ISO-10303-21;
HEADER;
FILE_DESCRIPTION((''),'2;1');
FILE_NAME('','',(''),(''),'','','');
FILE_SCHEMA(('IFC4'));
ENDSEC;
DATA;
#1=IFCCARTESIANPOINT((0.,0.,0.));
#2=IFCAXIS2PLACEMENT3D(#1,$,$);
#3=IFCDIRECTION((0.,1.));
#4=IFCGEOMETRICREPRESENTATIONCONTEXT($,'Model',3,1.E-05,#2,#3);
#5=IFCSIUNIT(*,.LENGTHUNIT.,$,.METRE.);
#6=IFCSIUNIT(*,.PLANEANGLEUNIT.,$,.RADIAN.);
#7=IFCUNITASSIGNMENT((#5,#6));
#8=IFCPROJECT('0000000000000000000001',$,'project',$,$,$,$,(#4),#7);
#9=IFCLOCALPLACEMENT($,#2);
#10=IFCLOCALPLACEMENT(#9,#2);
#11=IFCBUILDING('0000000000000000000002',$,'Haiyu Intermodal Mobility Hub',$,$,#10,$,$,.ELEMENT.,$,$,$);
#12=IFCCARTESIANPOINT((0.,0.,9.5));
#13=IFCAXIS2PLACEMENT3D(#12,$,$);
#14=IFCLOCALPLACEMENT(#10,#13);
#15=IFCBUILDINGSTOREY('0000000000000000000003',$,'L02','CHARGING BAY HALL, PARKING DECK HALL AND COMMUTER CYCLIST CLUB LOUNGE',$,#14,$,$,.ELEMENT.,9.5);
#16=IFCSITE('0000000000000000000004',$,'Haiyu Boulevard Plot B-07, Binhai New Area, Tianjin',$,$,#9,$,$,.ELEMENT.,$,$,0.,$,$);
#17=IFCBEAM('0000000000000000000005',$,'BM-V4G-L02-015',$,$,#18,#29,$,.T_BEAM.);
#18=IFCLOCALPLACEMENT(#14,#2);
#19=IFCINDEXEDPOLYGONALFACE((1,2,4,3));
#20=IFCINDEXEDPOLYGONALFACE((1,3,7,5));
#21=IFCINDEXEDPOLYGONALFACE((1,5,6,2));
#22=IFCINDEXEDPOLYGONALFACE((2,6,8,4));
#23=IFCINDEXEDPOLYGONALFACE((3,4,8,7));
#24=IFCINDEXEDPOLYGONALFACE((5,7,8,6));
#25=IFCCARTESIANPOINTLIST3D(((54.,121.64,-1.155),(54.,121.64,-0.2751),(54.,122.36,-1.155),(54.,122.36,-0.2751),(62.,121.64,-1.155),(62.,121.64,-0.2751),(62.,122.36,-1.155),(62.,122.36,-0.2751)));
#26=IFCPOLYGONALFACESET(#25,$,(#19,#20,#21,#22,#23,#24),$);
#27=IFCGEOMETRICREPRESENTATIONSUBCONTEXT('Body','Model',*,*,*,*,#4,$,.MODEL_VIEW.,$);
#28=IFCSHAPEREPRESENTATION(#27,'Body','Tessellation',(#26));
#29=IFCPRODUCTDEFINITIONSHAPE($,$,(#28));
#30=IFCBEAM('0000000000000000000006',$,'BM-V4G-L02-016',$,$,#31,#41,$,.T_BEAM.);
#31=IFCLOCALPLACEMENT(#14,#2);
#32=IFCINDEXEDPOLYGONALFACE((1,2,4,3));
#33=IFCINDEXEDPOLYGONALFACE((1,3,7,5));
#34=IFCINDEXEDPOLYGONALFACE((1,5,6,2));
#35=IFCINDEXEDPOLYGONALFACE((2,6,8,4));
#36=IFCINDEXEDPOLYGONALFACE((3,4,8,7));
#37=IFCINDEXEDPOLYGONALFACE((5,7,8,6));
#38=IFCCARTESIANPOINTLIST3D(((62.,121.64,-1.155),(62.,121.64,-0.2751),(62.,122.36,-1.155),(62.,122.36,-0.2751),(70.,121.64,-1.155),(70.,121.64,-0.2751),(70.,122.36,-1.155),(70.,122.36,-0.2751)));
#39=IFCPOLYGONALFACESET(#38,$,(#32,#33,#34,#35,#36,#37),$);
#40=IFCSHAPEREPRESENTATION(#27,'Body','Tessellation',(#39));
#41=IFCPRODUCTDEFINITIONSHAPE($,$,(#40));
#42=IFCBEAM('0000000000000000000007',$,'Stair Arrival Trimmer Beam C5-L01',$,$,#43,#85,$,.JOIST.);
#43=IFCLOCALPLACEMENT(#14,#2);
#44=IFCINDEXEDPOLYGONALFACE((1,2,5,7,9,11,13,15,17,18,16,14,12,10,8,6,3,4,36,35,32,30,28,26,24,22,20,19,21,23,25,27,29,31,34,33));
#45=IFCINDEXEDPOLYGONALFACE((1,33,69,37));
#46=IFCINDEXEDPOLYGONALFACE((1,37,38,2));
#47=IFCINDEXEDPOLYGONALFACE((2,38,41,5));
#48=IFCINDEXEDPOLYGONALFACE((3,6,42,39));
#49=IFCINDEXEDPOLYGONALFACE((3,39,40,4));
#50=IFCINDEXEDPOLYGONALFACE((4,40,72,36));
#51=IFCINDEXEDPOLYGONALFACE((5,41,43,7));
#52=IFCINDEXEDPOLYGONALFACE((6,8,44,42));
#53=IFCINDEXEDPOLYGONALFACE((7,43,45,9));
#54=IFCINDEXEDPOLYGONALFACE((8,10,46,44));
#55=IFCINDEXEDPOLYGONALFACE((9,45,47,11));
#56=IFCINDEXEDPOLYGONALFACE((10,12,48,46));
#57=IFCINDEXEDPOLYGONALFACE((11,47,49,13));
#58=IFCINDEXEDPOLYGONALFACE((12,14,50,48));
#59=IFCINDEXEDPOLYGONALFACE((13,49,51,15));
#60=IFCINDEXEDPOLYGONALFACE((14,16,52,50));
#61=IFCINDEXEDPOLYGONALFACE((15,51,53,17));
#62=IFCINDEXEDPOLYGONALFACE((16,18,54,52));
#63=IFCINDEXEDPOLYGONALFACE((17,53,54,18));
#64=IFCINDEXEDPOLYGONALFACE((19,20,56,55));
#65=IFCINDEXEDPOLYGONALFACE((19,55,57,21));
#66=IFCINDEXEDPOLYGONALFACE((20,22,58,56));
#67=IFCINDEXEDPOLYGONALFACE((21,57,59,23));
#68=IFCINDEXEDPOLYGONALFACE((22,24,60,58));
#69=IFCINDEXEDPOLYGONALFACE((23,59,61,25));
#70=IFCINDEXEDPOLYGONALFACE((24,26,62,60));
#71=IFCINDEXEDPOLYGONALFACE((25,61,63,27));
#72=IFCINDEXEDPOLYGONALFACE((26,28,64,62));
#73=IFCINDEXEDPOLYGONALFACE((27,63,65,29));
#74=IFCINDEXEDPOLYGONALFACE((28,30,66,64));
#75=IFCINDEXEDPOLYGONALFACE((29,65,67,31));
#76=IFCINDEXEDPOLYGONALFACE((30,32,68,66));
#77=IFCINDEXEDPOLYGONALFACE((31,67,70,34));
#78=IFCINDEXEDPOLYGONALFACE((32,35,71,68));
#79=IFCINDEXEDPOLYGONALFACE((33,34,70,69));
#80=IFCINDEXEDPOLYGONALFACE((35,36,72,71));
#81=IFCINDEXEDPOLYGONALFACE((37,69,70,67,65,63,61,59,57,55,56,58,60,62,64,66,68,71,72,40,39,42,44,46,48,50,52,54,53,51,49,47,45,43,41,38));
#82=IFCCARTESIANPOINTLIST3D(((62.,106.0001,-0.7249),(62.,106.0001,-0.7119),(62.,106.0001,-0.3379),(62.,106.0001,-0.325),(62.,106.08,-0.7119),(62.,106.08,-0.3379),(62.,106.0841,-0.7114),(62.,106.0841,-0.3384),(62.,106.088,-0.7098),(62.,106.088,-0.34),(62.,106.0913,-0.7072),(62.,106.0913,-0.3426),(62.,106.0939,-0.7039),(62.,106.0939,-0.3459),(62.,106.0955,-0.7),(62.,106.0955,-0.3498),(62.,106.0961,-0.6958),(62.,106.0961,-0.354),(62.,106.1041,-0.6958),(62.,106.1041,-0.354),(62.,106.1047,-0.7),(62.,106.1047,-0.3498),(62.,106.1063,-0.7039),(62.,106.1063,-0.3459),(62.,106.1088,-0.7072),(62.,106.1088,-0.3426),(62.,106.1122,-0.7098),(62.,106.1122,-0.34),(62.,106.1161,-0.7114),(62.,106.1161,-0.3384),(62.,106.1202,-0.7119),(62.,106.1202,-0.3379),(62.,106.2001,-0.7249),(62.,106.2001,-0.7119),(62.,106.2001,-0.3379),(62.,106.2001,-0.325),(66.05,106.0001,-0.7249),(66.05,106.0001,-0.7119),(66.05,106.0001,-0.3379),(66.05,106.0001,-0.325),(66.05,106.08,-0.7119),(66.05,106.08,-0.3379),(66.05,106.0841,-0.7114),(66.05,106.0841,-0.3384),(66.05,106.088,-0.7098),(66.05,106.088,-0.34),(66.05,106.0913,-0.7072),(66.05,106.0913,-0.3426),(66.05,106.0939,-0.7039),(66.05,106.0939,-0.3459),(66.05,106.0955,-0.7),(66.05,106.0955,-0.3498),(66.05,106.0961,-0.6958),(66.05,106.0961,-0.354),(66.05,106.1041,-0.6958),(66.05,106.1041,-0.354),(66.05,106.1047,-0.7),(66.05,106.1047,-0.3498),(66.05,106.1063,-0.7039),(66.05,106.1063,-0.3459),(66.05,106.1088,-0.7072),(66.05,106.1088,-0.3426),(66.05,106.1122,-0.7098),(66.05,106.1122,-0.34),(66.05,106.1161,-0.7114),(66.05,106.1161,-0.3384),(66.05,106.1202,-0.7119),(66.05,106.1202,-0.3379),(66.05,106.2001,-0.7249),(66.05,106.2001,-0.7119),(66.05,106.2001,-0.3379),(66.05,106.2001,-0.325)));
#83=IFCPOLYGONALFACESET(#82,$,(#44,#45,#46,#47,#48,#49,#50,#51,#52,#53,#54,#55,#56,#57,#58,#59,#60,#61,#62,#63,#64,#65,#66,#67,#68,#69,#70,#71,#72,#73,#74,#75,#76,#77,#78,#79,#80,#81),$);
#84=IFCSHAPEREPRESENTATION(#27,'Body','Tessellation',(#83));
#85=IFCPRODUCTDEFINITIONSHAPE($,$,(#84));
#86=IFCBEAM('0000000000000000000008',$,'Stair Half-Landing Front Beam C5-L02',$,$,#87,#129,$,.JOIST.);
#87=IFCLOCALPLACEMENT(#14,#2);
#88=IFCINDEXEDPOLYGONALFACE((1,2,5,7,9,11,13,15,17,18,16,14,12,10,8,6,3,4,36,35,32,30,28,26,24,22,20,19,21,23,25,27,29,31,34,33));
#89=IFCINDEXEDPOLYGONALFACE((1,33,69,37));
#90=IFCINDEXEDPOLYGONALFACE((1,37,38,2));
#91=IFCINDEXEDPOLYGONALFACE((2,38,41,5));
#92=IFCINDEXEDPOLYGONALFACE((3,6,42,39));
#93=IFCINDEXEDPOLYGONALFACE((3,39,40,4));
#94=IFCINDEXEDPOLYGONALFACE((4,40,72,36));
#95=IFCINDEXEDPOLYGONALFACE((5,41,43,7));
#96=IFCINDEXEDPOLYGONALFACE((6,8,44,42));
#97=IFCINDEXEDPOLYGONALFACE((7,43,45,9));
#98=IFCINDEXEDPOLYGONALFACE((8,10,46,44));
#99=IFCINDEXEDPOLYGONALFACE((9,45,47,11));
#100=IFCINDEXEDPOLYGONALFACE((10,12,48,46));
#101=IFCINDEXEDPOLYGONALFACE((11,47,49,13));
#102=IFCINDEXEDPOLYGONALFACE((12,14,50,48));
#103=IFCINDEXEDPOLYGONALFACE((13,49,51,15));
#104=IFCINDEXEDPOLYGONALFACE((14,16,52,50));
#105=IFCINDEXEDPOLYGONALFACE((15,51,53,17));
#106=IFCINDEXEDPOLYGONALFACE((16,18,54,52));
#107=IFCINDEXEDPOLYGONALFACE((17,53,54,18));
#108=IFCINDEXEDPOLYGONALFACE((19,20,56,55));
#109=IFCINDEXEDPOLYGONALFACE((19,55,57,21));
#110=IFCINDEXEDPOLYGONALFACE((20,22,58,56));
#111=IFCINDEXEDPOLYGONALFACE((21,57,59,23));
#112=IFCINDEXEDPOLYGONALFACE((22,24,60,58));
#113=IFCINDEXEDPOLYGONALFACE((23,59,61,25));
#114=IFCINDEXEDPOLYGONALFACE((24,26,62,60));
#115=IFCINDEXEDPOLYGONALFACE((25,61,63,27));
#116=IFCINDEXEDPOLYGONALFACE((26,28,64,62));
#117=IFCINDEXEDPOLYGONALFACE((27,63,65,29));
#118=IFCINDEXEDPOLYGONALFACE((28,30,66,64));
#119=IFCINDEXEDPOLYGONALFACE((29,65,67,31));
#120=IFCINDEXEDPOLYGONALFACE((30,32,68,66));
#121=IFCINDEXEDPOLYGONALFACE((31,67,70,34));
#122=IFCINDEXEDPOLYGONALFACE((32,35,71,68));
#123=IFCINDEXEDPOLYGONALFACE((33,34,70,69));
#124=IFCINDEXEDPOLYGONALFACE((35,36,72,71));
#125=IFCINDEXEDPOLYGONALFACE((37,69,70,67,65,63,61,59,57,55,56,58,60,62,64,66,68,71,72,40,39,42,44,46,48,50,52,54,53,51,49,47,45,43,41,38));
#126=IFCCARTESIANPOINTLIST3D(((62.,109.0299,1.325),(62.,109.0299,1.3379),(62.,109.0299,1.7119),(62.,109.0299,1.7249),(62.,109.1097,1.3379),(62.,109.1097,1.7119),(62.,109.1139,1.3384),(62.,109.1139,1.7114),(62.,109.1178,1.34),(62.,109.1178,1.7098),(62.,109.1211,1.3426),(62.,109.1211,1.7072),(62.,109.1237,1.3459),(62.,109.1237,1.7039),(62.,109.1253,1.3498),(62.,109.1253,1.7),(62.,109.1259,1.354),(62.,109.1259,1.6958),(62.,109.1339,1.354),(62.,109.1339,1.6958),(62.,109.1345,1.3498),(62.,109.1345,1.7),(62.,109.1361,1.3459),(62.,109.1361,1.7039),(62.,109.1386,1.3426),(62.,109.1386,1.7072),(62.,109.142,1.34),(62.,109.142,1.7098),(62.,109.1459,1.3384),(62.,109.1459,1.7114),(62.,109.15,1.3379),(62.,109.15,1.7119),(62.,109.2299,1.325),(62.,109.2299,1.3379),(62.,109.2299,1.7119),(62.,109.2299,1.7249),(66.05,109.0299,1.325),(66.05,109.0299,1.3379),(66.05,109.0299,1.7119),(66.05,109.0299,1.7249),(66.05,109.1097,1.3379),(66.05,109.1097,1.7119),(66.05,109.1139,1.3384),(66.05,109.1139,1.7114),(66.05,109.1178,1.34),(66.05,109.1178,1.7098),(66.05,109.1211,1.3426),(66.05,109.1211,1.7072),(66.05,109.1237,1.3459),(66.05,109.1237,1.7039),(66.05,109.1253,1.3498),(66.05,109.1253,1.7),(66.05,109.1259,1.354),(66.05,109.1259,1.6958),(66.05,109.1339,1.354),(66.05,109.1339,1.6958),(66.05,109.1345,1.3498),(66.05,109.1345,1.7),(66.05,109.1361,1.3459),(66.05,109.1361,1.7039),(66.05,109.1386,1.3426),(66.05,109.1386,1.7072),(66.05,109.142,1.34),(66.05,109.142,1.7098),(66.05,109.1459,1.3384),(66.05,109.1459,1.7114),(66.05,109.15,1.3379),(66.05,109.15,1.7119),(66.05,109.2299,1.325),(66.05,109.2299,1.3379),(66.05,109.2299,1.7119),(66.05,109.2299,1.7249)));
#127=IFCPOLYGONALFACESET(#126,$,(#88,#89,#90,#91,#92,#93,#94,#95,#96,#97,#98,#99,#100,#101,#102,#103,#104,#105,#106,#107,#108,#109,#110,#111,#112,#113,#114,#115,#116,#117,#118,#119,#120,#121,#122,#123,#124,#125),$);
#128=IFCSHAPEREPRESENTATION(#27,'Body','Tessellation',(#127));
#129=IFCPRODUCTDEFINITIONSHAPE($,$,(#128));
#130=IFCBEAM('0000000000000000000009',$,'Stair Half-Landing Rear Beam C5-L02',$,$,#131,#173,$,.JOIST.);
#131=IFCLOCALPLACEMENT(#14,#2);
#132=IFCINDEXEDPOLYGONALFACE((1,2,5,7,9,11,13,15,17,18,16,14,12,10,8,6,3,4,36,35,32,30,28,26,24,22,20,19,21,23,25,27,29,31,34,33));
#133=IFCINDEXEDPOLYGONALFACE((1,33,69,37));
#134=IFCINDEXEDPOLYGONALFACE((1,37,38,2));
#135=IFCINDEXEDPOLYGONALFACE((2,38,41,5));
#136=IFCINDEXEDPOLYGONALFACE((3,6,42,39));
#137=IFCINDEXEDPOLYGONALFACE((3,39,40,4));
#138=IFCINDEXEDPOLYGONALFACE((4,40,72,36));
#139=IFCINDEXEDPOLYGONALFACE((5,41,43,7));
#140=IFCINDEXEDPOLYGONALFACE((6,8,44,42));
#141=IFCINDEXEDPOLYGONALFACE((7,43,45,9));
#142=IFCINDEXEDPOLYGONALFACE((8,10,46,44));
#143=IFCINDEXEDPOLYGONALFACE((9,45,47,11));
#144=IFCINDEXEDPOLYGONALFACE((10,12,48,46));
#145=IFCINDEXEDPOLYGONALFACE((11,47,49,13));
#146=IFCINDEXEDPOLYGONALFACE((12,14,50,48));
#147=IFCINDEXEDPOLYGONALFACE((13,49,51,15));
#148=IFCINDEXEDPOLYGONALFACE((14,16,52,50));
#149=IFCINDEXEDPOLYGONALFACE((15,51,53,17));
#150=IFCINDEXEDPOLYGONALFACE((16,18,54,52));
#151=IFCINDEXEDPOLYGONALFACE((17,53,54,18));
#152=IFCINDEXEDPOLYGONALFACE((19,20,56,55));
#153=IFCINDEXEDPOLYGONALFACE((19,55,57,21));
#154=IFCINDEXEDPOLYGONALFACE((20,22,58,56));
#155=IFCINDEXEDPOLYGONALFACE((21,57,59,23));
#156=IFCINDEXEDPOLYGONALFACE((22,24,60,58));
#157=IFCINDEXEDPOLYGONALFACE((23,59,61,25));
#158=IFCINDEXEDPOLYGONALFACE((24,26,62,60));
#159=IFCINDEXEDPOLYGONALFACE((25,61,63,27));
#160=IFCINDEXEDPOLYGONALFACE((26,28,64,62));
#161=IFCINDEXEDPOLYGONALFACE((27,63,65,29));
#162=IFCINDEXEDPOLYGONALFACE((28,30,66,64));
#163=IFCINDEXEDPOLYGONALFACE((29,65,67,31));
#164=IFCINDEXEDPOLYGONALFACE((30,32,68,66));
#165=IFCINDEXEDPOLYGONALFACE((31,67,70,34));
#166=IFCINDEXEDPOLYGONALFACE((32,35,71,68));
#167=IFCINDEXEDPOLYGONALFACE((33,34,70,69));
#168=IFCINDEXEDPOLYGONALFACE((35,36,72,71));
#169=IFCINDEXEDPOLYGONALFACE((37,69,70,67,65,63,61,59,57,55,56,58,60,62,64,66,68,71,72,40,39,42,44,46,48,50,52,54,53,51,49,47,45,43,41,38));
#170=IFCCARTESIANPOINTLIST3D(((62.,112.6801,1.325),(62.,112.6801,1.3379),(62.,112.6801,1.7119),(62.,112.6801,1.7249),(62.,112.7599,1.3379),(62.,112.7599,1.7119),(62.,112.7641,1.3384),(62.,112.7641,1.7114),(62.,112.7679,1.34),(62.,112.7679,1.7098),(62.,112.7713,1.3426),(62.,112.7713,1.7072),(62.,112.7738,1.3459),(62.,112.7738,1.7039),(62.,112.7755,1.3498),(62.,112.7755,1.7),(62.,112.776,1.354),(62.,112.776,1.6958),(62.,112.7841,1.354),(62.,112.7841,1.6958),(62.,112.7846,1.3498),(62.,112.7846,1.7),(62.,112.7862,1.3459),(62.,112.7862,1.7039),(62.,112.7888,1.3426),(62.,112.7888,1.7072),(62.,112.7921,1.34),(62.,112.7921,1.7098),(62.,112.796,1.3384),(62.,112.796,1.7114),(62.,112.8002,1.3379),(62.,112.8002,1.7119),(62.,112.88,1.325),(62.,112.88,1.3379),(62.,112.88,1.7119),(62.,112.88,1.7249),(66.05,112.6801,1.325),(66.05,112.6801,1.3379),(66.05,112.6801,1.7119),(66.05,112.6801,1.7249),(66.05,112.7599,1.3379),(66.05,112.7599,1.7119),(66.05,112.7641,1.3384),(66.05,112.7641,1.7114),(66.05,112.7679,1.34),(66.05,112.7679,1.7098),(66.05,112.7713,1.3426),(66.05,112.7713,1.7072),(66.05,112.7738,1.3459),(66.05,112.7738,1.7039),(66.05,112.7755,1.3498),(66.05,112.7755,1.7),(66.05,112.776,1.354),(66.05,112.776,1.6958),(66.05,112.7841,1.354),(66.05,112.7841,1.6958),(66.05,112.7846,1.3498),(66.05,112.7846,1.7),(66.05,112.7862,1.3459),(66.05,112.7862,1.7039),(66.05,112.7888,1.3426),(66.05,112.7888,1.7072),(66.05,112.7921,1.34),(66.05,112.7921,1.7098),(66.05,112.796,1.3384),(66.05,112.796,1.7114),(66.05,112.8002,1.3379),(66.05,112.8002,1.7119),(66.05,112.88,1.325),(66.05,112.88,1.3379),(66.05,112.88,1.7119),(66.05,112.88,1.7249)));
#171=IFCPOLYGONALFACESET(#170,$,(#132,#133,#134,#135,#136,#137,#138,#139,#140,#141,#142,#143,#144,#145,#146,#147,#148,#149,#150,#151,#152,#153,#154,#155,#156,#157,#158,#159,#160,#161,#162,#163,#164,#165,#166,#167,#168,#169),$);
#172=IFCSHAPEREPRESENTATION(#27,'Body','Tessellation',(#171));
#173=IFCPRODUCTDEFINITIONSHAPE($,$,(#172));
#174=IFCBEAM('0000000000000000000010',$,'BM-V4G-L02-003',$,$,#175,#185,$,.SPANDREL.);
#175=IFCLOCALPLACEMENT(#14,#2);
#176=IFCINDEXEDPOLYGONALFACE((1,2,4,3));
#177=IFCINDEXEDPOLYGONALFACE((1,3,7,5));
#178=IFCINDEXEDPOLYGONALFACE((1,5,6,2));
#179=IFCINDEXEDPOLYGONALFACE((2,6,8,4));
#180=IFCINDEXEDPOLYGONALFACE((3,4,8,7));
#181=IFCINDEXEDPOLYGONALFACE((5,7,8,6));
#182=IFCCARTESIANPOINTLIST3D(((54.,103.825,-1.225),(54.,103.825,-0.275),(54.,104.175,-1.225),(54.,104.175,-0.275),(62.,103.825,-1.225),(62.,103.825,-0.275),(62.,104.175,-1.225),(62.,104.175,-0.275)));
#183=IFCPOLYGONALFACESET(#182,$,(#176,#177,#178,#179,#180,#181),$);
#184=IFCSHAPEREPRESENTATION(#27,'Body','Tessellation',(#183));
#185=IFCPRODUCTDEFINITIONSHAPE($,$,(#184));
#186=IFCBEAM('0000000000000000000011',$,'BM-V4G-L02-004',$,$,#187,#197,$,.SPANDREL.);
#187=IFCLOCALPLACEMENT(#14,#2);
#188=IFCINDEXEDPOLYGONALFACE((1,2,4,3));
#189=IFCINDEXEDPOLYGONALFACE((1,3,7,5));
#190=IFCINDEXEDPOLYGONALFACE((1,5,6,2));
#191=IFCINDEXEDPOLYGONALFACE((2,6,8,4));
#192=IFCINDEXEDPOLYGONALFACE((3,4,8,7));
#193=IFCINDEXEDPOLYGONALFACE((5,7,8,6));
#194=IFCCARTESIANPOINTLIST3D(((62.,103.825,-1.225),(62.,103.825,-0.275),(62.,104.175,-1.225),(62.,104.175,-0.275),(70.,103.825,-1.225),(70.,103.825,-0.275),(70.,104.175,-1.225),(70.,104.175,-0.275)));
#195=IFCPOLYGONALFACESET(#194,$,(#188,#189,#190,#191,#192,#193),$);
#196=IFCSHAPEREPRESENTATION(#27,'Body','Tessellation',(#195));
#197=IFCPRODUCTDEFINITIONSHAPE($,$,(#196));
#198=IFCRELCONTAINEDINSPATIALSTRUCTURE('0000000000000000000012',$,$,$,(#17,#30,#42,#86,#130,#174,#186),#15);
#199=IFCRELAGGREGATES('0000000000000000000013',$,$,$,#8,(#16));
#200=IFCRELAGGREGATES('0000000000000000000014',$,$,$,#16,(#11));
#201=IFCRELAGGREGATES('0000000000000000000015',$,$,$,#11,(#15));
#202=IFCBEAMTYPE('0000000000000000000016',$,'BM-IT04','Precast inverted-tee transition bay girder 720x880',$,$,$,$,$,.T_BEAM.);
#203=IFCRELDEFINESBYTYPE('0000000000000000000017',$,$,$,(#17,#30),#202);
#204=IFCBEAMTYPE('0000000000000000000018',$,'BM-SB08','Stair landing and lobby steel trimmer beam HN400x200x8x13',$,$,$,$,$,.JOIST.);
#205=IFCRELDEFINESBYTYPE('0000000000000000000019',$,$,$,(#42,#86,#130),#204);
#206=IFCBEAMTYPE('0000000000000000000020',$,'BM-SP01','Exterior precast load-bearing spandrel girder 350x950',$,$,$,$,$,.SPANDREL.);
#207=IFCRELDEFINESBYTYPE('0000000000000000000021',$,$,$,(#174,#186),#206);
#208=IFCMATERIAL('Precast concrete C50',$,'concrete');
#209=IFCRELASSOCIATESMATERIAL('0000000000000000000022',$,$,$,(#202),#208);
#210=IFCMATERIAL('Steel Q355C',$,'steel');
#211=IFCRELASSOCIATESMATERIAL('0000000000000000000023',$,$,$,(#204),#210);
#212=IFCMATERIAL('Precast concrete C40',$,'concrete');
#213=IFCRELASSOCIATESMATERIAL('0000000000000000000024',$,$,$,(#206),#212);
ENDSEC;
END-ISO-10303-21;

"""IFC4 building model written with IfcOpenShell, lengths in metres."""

from ifc_helpers import new_model, si_unit, direction, frame, origin, origin_2d, place, context, subcontext, project, spatial, rectangle, i_section, extrude, material, material_profile, profile_set, type_object, element, save


model = new_model("IFC4")

# Units and contexts
model_context = context("Model", 3, precision=1e-05, world=origin(), true_north=direction((0.0, 1.0)))
body_context = subcontext(model_context, "Body", "Model", "MODEL_VIEW")
ifc_project = project(units=[si_unit("LENGTHUNIT", "METRE"), si_unit("PLANEANGLEUNIT", "RADIAN")], contexts=[model_context])

# Site, building, storey
site_placement = place(None, origin())
site = spatial("IfcSite", under=ifc_project, at=site_placement, Name="Haiyu Boulevard Plot B-07, Binhai New Area, Tianjin", CompositionType="ELEMENT", RefElevation=0.0)
building_placement = place(site_placement, origin())
building = spatial("IfcBuilding", under=site, at=building_placement, Name="Haiyu Intermodal Mobility Hub", CompositionType="ELEMENT")
storey_placement = place(building_placement, frame((0.0, 0.0, 9.5)))
storey = spatial("IfcBuildingStorey", under=building, at=storey_placement, Name="L02", Description="CHARGING BAY HALL, PARKING DECK HALL AND COMMUTER CYCLIST CLUB LOUNGE", CompositionType="ELEMENT", Elevation=9.5)

# Shared definitions
ifc_material_1 = material(Name="Precast concrete C40", Category="concrete")

# Beams
ifc_material_2 = material(Name="Precast concrete C50", Category="concrete")
ifc_material_profile_1 = material_profile(ifc_material_2, rectangle(XDim=0.72, YDim=0.8799, at=origin_2d()), Name="B720x880")
ifc_profile_set_1 = profile_set([ifc_material_profile_1], Name="Precast concrete C50")
beam_type_1 = type_object("IfcBeamType", Name="BM-IT04", Description="Precast inverted-tee transition bay girder 720x880", PredefinedType="T_BEAM", material=ifc_profile_set_1)
for number, where, z_axis, x_axis, name in (
    (1, (54.0, 122.0, -0.7151), (1.0, 0.0, 0.0), (0.0, 1.0, 0.0), "BM-V4G-L02-015"),
    (2, (62.0, 122.0, -0.7151), (1.0, 0.0, 0.0), (0.0, 1.0, 0.0), "BM-V4G-L02-016"),
):
    element("IfcBeam", number, at=place(storey_placement, frame(where, z_axis=z_axis, x_axis=x_axis)), inside=storey, type_object=beam_type_1, Name=name, PredefinedType="T_BEAM", context=body_context, shape_type="SweptSolid", body=[
        extrude(rectangle(XDim=0.72, YDim=0.8799, at=origin_2d()), origin(), (0.0, 0.0, 1.0), 8.0),
    ])
ifc_material_3 = material(Name="Steel Q355C", Category="steel")
ifc_material_profile_2 = material_profile(ifc_material_3, i_section(OverallWidth=0.2, OverallDepth=0.3999, WebThickness=0.0081, FlangeThickness=0.0129, FilletRadius=0.0161, at=origin_2d()), Name="HN400x200x8x13")
ifc_profile_set_2 = profile_set([ifc_material_profile_2], Name="Steel Q355C")
beam_type_2 = type_object("IfcBeamType", Name="BM-SB08", Description="Stair landing and lobby steel trimmer beam HN400x200x8x13", PredefinedType="JOIST", material=ifc_profile_set_2)
for number, where, z_axis, x_axis, name in (
    (3, (62.0, 106.1001, -0.5249), (1.0, 0.0, 0.0), (0.0, 1.0, 0.0), "Stair Arrival Trimmer Beam C5-L01"),
    (4, (62.0, 109.1299, 1.5249), (1.0, 0.0, 0.0), (0.0, 1.0, 0.0), "Stair Half-Landing Front Beam C5-L02"),
    (5, (62.0, 112.78, 1.5249), (1.0, 0.0, 0.0), (0.0, 1.0, 0.0), "Stair Half-Landing Rear Beam C5-L02"),
):
    element("IfcBeam", number, at=place(storey_placement, frame(where, z_axis=z_axis, x_axis=x_axis)), inside=storey, type_object=beam_type_2, Name=name, PredefinedType="JOIST", context=body_context, shape_type="SweptSolid", body=[
        extrude(i_section(OverallWidth=0.2, OverallDepth=0.3999, WebThickness=0.0081, FlangeThickness=0.0129, FilletRadius=0.0161, at=origin_2d()), origin(), (0.0, 0.0, 1.0), 4.05),
    ])
ifc_material_profile_3 = material_profile(ifc_material_1, rectangle(XDim=0.3501, YDim=0.95, at=origin_2d()), Name="PC350x950")
ifc_profile_set_3 = profile_set([ifc_material_profile_3], Name="Precast concrete C40")
beam_type_3 = type_object("IfcBeamType", Name="BM-SP01", Description="Exterior precast load-bearing spandrel girder 350x950", PredefinedType="SPANDREL", material=ifc_profile_set_3)
for number, where, z_axis, x_axis, name in (
    (6, (54.0, 104.0, -0.75), (1.0, 0.0, 0.0), (0.0, 1.0, 0.0), "BM-V4G-L02-003"),
    (7, (62.0, 104.0, -0.75), (1.0, 0.0, 0.0), (0.0, 1.0, 0.0), "BM-V4G-L02-004"),
):
    element("IfcBeam", number, at=place(storey_placement, frame(where, z_axis=z_axis, x_axis=x_axis)), inside=storey, type_object=beam_type_3, Name=name, PredefinedType="SPANDREL", context=body_context, shape_type="SweptSolid", body=[
        extrude(rectangle(XDim=0.3501, YDim=0.95, at=origin_2d()), origin(), (0.0, 0.0, 1.0), 8.0),
    ])

save(model, "model.ifc")
